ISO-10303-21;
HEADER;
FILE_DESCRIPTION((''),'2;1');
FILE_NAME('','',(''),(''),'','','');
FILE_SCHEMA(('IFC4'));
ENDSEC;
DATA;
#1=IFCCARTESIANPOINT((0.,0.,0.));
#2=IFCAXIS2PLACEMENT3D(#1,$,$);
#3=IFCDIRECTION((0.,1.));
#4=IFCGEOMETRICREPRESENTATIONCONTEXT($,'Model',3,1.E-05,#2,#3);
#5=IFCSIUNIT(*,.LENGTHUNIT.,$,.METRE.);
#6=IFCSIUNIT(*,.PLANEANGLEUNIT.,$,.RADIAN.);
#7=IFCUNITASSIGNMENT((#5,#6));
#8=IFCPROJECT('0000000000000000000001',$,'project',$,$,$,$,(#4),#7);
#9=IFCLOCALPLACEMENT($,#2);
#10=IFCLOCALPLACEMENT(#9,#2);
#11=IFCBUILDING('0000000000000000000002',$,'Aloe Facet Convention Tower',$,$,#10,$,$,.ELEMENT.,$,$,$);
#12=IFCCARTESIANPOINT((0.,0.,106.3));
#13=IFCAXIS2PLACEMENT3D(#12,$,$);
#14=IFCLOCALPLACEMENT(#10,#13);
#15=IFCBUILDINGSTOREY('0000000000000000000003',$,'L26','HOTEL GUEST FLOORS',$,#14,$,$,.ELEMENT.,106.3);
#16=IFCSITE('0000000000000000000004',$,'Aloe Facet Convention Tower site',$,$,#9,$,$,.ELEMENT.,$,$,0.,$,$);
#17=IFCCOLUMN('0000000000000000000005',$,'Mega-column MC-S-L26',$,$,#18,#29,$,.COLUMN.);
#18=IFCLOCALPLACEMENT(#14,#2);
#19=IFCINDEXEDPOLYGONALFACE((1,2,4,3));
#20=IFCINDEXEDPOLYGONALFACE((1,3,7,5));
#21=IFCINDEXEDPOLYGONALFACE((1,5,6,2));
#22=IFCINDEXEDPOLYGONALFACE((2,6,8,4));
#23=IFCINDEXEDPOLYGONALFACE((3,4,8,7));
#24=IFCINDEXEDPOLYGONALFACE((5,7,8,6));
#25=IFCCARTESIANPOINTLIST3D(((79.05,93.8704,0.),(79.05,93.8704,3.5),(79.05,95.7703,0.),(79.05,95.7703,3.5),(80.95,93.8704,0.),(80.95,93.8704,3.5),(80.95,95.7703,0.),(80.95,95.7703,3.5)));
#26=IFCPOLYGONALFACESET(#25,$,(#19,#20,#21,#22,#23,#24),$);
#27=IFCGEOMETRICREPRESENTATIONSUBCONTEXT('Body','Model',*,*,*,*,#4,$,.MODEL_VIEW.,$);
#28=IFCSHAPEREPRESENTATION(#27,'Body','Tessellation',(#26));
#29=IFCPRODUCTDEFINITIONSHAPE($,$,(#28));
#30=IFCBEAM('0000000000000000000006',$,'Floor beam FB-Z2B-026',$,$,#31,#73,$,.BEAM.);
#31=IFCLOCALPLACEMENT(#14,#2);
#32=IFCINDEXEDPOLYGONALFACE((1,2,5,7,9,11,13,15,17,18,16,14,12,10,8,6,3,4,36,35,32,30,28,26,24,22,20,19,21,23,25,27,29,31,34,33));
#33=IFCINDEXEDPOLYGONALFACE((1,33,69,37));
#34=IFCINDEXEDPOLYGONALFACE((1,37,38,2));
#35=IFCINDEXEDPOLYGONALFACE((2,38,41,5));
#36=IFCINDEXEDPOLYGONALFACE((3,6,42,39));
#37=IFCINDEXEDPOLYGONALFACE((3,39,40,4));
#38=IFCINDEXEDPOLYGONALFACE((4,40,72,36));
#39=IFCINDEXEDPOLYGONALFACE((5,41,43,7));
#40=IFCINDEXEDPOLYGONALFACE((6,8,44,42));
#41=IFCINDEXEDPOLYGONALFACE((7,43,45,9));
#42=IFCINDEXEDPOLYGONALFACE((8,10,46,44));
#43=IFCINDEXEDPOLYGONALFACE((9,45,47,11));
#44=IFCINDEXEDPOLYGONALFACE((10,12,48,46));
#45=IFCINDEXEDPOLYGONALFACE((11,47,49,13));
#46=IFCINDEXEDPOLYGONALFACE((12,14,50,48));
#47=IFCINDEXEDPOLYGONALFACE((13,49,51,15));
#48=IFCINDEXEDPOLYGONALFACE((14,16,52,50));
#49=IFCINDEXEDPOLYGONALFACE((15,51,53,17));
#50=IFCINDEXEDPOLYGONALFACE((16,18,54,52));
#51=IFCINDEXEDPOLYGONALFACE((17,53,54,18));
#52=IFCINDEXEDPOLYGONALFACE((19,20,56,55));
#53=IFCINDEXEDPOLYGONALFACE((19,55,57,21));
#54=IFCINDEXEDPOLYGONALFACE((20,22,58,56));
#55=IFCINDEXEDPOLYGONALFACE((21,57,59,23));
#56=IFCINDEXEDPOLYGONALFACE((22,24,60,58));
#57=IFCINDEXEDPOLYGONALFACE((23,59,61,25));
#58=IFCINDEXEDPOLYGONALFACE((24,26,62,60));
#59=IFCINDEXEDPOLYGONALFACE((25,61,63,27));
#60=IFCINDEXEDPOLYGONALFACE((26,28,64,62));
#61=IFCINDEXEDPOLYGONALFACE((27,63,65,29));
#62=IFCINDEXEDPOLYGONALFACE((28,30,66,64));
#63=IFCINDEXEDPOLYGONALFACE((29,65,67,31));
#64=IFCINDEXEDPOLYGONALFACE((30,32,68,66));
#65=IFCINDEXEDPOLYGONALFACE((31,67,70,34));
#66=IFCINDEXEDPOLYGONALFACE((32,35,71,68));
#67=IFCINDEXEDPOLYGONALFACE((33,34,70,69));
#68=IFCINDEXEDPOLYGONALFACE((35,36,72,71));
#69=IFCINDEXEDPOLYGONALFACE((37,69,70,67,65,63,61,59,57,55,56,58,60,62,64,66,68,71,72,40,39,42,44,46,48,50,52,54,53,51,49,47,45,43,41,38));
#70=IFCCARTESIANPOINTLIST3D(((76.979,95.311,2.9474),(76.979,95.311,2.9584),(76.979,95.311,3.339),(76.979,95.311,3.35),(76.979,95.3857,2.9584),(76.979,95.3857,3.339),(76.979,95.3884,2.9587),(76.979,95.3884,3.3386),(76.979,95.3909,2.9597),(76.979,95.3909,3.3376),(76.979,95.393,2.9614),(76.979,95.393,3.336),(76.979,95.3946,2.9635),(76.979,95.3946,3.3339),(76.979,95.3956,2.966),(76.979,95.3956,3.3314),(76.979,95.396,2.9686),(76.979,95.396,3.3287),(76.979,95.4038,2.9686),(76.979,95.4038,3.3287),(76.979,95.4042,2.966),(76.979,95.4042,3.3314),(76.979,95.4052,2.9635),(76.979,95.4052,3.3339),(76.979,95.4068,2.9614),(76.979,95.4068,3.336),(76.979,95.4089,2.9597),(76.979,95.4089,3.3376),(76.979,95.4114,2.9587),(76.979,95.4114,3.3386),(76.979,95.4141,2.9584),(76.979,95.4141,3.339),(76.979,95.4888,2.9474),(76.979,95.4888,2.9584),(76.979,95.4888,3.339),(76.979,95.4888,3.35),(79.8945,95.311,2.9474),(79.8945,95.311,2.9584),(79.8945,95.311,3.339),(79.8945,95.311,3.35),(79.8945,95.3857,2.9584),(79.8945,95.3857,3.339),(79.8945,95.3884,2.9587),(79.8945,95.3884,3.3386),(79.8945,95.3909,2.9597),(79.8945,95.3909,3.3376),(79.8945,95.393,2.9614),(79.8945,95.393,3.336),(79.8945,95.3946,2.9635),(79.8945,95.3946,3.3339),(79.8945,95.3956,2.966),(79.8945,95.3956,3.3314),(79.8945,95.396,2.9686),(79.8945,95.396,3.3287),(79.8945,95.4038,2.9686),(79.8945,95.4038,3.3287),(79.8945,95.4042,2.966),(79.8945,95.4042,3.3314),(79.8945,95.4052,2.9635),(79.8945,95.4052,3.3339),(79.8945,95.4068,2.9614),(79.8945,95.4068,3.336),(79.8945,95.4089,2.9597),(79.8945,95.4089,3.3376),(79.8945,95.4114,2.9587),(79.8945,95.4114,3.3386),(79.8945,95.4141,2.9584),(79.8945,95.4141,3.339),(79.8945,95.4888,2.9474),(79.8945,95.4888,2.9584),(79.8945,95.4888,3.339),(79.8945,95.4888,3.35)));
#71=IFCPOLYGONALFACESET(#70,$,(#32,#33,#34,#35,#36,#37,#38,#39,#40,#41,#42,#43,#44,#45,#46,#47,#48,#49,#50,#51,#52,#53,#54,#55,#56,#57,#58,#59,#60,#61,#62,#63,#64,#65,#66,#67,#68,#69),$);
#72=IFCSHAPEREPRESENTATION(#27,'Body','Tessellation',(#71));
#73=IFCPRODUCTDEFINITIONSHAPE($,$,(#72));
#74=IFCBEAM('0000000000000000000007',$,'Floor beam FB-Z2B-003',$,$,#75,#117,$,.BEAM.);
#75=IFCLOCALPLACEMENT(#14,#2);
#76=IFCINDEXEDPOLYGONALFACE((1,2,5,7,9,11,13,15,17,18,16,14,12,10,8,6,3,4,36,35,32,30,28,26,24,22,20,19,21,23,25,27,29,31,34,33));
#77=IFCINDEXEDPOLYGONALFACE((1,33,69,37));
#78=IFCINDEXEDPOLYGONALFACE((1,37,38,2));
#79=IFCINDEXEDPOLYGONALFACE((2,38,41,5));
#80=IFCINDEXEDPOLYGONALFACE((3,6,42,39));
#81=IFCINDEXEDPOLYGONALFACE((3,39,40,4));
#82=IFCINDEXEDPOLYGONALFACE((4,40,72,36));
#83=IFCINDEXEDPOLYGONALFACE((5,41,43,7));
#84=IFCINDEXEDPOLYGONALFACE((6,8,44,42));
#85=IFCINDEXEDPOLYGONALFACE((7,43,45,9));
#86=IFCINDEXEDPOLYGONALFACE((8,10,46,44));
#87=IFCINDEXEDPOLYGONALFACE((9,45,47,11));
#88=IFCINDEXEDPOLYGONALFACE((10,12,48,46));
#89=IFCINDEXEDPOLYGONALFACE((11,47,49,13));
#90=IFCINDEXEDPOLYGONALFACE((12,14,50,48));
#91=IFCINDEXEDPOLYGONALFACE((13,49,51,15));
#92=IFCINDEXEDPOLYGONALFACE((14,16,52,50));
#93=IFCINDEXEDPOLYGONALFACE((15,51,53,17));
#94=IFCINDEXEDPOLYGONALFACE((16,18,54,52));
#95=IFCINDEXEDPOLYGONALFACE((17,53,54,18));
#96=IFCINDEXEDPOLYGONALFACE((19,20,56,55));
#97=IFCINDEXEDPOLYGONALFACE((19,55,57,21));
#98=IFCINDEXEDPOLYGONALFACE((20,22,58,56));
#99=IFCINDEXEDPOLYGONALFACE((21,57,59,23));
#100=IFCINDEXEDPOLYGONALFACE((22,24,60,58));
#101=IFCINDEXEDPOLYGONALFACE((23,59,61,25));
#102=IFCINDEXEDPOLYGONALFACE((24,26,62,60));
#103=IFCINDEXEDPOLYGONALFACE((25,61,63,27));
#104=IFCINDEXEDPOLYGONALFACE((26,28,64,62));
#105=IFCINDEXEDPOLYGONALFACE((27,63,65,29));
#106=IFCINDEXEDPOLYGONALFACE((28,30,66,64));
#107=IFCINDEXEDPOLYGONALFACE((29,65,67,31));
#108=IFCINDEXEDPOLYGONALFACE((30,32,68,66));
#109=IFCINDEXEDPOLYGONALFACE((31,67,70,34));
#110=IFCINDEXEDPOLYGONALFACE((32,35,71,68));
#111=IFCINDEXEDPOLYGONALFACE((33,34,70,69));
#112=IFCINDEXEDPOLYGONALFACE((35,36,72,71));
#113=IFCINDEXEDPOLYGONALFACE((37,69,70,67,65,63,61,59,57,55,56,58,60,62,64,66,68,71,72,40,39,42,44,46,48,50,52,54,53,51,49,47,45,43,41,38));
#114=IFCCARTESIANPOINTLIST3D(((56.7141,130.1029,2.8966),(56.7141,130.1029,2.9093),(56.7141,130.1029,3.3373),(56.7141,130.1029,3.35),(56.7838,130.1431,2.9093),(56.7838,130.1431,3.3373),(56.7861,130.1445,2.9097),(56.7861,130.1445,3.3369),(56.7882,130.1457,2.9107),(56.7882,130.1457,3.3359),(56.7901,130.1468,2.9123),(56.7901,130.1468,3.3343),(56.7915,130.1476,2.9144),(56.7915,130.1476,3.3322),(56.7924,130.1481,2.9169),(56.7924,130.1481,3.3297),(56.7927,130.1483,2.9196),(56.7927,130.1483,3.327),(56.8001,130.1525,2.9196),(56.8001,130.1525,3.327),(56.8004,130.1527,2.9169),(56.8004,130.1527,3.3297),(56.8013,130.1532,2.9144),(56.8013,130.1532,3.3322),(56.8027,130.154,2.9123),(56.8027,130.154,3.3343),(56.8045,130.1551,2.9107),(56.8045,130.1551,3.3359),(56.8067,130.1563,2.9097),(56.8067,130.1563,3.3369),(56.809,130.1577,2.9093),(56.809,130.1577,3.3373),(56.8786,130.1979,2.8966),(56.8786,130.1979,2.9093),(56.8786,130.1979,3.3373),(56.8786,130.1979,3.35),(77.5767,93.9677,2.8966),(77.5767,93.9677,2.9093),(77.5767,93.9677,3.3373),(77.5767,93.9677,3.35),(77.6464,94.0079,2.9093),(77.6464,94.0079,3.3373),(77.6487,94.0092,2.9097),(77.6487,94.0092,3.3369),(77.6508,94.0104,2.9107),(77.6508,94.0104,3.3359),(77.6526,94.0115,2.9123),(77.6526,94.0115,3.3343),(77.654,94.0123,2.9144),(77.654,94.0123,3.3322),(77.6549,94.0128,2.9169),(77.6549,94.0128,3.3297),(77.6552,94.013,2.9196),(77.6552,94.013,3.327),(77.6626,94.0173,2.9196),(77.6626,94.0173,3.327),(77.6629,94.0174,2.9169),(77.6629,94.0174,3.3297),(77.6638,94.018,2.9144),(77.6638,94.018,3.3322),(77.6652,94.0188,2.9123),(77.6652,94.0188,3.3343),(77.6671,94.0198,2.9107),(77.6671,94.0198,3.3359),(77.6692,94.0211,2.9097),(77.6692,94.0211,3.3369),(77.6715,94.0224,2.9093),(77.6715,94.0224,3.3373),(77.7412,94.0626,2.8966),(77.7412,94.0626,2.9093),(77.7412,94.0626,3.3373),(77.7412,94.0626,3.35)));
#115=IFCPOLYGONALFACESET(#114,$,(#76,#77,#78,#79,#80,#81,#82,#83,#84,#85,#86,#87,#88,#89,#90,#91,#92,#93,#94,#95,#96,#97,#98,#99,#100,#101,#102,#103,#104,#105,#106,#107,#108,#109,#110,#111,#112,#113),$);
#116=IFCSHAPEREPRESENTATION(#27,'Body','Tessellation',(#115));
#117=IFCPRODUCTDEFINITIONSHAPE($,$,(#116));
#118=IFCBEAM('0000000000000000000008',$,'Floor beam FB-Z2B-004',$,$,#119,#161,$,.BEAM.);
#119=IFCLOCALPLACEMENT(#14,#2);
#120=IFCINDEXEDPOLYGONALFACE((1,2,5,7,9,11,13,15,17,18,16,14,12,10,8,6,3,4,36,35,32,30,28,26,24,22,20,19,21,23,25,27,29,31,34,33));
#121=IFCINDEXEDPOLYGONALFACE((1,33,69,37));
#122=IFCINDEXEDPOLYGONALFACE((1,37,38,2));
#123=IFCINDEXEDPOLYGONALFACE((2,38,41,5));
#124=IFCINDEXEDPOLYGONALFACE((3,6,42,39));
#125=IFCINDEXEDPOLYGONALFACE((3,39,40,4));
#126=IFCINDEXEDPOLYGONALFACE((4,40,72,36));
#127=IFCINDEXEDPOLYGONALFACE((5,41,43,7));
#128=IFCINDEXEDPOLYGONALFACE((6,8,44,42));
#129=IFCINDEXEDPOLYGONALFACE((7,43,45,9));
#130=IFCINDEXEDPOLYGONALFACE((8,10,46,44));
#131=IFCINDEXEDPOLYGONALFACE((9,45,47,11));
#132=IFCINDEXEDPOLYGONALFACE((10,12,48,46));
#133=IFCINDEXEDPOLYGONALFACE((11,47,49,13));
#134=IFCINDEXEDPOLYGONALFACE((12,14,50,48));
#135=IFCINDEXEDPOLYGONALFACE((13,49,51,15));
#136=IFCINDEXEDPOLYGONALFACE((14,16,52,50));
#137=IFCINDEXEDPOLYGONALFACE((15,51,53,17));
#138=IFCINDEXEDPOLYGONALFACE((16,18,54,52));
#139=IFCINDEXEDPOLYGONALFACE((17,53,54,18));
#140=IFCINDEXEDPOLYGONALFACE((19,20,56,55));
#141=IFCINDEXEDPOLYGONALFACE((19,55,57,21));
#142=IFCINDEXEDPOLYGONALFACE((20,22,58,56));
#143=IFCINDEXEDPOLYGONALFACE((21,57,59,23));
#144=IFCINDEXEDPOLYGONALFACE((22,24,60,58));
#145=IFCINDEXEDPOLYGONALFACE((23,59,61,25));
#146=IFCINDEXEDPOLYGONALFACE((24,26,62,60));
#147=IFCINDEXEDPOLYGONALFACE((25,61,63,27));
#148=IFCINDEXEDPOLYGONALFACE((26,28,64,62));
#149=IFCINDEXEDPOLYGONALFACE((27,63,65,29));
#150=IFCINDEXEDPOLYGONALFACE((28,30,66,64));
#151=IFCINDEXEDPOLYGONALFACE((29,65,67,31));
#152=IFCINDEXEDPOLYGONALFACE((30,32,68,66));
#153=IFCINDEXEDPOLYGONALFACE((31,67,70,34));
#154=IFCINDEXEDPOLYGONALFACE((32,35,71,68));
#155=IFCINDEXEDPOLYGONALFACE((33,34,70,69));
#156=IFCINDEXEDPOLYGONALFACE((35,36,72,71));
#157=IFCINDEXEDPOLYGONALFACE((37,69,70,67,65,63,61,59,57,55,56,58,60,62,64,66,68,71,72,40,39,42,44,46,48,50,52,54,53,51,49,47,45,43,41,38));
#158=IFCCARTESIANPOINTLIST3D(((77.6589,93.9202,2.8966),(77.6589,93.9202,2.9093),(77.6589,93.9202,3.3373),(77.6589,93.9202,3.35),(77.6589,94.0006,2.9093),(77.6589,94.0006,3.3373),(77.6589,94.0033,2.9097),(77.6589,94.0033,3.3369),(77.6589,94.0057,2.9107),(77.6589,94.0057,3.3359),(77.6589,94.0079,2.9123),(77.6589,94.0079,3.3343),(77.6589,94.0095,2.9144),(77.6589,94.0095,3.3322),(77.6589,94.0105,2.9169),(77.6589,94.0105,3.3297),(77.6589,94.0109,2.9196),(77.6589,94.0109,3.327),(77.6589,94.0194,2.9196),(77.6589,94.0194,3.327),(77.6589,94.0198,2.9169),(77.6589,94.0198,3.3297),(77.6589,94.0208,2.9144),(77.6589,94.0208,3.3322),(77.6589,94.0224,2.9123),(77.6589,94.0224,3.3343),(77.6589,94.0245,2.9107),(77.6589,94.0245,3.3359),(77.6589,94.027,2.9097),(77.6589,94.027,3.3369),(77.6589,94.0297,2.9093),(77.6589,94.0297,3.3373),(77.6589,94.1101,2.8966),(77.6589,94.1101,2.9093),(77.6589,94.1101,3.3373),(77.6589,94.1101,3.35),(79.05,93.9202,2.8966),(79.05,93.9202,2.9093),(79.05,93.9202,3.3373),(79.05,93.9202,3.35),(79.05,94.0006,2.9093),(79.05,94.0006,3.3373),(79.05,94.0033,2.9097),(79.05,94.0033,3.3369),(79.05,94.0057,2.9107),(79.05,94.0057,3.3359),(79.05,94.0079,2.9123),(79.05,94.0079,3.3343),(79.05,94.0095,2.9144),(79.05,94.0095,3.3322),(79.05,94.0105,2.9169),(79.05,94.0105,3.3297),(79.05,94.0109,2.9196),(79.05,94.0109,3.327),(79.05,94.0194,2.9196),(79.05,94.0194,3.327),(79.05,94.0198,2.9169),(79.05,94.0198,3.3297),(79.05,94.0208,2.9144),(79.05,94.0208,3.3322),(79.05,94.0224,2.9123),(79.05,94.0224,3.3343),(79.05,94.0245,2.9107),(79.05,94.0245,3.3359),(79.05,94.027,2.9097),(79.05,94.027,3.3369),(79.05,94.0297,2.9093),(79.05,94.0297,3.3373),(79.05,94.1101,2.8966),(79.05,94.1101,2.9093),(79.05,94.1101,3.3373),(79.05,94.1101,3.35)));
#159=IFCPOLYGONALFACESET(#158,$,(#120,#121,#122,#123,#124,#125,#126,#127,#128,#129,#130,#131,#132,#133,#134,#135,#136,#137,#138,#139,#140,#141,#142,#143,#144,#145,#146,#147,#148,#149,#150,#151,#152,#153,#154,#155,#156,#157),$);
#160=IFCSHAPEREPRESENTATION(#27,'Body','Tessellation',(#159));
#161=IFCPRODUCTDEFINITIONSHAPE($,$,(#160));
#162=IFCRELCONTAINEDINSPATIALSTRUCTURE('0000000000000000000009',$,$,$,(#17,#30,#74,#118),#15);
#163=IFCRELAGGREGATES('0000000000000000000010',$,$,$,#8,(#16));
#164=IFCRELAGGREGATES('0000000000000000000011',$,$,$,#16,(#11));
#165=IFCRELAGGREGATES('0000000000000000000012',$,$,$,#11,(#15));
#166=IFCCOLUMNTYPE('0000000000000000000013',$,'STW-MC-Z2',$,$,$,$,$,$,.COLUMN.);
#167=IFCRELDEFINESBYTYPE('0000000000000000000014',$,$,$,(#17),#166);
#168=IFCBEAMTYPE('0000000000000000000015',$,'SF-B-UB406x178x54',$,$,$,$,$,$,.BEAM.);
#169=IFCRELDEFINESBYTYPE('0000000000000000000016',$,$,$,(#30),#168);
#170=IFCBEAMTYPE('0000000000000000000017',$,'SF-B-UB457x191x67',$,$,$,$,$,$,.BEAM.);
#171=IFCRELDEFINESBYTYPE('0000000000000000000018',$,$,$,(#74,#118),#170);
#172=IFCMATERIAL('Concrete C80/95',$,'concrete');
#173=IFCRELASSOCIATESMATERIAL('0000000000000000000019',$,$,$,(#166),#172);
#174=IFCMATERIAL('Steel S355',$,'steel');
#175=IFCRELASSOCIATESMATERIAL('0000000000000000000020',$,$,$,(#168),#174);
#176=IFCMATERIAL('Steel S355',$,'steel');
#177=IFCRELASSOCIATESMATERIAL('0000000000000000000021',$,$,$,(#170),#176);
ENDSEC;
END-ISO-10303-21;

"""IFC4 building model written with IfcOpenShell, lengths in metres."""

from ifc_helpers import new_model, si_unit, direction, frame, origin, origin_2d, place, context, subcontext, project, spatial, rectangle, i_section, extrude, material, material_profile, profile_set, type_object, element, save


model = new_model("IFC4")

# Units and contexts
model_context = context("Model", 3, precision=1e-05, world=origin(), true_north=direction((0.0, 1.0)))
body_context = subcontext(model_context, "Body", "Model", "MODEL_VIEW")
ifc_project = project(units=[si_unit("LENGTHUNIT", "METRE"), si_unit("PLANEANGLEUNIT", "RADIAN")], contexts=[model_context])

# Site, building, storey
site_placement = place(None, origin())
site = spatial("IfcSite", under=ifc_project, at=site_placement, Name="Aloe Facet Convention Tower site", CompositionType="ELEMENT", RefElevation=0.0)
building_placement = place(site_placement, origin())
building = spatial("IfcBuilding", under=site, at=building_placement, Name="Aloe Facet Convention Tower", CompositionType="ELEMENT")
storey_placement = place(building_placement, frame((0.0, 0.0, 106.3)))
storey = spatial("IfcBuildingStorey", under=building, at=storey_placement, Name="L26", Description="HOTEL GUEST FLOORS", CompositionType="ELEMENT", Elevation=106.3)

# Column
ifc_material_1 = material(Name="Concrete C80/95", Category="concrete")
ifc_material_profile_1 = material_profile(ifc_material_1, rectangle(XDim=1.8999, YDim=1.8999, at=origin_2d()), Name="STW-MC-Z2")
ifc_profile_set_1 = profile_set([ifc_material_profile_1], Name="Concrete C80/95")
column_type = type_object("IfcColumnType", Name="STW-MC-Z2", PredefinedType="COLUMN", material=ifc_profile_set_1)
column_placement = place(storey_placement, frame((80.0, 94.8203, 0.0), z_axis=(0.0, 0.0, 1.0), x_axis=(1.0, 0.0, 0.0)))
element("IfcColumn", 1, at=column_placement, inside=storey, type_object=column_type, Name="Mega-column MC-S-L26", PredefinedType="COLUMN", context=body_context, shape_type="SweptSolid", body=[
    extrude(rectangle(XDim=1.8999, YDim=1.8999, at=origin_2d()), origin(), (0.0, 0.0, 1.0), 3.5),
])

# Beams
ifc_material_2 = material(Name="Steel S355", Category="steel")
ifc_material_profile_2 = material_profile(ifc_material_2, i_section(OverallWidth=0.1777, OverallDepth=0.4026, WebThickness=0.0078, FlangeThickness=0.011, FilletRadius=0.0103, at=origin_2d()), Name="UB 406x178x54")
ifc_profile_set_2 = profile_set([ifc_material_profile_2], Name="Steel S355")
beam_type_1 = type_object("IfcBeamType", Name="SF-B-UB406x178x54", PredefinedType="BEAM", material=ifc_profile_set_2)
beam_1_placement = place(storey_placement, frame((76.979, 95.3999, 3.1487), z_axis=(1.0, 0.0, 0.0), x_axis=(0.0, 1.0, 0.0)))
element("IfcBeam", 2, at=beam_1_placement, inside=storey, type_object=beam_type_1, Name="Floor beam FB-Z2B-026", PredefinedType="BEAM", context=body_context, shape_type="SweptSolid", body=[
    extrude(i_section(OverallWidth=0.1777, OverallDepth=0.4026, WebThickness=0.0078, FlangeThickness=0.011, FilletRadius=0.0103, at=origin_2d()), origin(), (0.0, 0.0, 1.0), 2.9155),
])
ifc_material_3 = material(Name="Steel S355", Category="steel")
ifc_material_profile_3 = material_profile(ifc_material_3, i_section(OverallWidth=0.1899, OverallDepth=0.4534, WebThickness=0.0085, FlangeThickness=0.0127, FilletRadius=0.0103, at=origin_2d()), Name="UB 457x191x67")
ifc_profile_set_3 = profile_set([ifc_material_profile_3], Name="Steel S355")
beam_type_2 = type_object("IfcBeamType", Name="SF-B-UB457x191x67", PredefinedType="BEAM", material=ifc_profile_set_3)
beam_2_placement = place(storey_placement, frame((77.6589, 94.0151, 3.1233), z_axis=(-0.499997, 0.866027, 0.0), x_axis=(-0.866027, -0.499997, 0.0)))
element("IfcBeam", 3, at=beam_2_placement, inside=storey, type_object=beam_type_2, Name="Floor beam FB-Z2B-003", PredefinedType="BEAM", context=body_context, shape_type="SweptSolid", body=[
    extrude(i_section(OverallWidth=0.1899, OverallDepth=0.4534, WebThickness=0.0085, FlangeThickness=0.0127, FilletRadius=0.0103, at=origin_2d()), origin(), (0.0, 0.0, 1.0), 41.7253),
])
for number, where, z_axis, x_axis, name in (
    (4, (79.05, 94.0151, 3.1233), (-1.0, 0.0, 0.0), (0.0, -1.0, 0.0), "Floor beam FB-Z2B-004"),
):
    element("IfcBeam", number, at=place(storey_placement, frame(where, z_axis=z_axis, x_axis=x_axis)), inside=storey, type_object=beam_type_2, Name=name, PredefinedType="BEAM", context=body_context, shape_type="SweptSolid", body=[
        extrude(i_section(OverallWidth=0.1899, OverallDepth=0.4534, WebThickness=0.0085, FlangeThickness=0.0127, FilletRadius=0.0103, at=origin_2d()), origin(), (0.0, 0.0, 1.0), 1.3911),
    ])

save(model, "model.ifc")
